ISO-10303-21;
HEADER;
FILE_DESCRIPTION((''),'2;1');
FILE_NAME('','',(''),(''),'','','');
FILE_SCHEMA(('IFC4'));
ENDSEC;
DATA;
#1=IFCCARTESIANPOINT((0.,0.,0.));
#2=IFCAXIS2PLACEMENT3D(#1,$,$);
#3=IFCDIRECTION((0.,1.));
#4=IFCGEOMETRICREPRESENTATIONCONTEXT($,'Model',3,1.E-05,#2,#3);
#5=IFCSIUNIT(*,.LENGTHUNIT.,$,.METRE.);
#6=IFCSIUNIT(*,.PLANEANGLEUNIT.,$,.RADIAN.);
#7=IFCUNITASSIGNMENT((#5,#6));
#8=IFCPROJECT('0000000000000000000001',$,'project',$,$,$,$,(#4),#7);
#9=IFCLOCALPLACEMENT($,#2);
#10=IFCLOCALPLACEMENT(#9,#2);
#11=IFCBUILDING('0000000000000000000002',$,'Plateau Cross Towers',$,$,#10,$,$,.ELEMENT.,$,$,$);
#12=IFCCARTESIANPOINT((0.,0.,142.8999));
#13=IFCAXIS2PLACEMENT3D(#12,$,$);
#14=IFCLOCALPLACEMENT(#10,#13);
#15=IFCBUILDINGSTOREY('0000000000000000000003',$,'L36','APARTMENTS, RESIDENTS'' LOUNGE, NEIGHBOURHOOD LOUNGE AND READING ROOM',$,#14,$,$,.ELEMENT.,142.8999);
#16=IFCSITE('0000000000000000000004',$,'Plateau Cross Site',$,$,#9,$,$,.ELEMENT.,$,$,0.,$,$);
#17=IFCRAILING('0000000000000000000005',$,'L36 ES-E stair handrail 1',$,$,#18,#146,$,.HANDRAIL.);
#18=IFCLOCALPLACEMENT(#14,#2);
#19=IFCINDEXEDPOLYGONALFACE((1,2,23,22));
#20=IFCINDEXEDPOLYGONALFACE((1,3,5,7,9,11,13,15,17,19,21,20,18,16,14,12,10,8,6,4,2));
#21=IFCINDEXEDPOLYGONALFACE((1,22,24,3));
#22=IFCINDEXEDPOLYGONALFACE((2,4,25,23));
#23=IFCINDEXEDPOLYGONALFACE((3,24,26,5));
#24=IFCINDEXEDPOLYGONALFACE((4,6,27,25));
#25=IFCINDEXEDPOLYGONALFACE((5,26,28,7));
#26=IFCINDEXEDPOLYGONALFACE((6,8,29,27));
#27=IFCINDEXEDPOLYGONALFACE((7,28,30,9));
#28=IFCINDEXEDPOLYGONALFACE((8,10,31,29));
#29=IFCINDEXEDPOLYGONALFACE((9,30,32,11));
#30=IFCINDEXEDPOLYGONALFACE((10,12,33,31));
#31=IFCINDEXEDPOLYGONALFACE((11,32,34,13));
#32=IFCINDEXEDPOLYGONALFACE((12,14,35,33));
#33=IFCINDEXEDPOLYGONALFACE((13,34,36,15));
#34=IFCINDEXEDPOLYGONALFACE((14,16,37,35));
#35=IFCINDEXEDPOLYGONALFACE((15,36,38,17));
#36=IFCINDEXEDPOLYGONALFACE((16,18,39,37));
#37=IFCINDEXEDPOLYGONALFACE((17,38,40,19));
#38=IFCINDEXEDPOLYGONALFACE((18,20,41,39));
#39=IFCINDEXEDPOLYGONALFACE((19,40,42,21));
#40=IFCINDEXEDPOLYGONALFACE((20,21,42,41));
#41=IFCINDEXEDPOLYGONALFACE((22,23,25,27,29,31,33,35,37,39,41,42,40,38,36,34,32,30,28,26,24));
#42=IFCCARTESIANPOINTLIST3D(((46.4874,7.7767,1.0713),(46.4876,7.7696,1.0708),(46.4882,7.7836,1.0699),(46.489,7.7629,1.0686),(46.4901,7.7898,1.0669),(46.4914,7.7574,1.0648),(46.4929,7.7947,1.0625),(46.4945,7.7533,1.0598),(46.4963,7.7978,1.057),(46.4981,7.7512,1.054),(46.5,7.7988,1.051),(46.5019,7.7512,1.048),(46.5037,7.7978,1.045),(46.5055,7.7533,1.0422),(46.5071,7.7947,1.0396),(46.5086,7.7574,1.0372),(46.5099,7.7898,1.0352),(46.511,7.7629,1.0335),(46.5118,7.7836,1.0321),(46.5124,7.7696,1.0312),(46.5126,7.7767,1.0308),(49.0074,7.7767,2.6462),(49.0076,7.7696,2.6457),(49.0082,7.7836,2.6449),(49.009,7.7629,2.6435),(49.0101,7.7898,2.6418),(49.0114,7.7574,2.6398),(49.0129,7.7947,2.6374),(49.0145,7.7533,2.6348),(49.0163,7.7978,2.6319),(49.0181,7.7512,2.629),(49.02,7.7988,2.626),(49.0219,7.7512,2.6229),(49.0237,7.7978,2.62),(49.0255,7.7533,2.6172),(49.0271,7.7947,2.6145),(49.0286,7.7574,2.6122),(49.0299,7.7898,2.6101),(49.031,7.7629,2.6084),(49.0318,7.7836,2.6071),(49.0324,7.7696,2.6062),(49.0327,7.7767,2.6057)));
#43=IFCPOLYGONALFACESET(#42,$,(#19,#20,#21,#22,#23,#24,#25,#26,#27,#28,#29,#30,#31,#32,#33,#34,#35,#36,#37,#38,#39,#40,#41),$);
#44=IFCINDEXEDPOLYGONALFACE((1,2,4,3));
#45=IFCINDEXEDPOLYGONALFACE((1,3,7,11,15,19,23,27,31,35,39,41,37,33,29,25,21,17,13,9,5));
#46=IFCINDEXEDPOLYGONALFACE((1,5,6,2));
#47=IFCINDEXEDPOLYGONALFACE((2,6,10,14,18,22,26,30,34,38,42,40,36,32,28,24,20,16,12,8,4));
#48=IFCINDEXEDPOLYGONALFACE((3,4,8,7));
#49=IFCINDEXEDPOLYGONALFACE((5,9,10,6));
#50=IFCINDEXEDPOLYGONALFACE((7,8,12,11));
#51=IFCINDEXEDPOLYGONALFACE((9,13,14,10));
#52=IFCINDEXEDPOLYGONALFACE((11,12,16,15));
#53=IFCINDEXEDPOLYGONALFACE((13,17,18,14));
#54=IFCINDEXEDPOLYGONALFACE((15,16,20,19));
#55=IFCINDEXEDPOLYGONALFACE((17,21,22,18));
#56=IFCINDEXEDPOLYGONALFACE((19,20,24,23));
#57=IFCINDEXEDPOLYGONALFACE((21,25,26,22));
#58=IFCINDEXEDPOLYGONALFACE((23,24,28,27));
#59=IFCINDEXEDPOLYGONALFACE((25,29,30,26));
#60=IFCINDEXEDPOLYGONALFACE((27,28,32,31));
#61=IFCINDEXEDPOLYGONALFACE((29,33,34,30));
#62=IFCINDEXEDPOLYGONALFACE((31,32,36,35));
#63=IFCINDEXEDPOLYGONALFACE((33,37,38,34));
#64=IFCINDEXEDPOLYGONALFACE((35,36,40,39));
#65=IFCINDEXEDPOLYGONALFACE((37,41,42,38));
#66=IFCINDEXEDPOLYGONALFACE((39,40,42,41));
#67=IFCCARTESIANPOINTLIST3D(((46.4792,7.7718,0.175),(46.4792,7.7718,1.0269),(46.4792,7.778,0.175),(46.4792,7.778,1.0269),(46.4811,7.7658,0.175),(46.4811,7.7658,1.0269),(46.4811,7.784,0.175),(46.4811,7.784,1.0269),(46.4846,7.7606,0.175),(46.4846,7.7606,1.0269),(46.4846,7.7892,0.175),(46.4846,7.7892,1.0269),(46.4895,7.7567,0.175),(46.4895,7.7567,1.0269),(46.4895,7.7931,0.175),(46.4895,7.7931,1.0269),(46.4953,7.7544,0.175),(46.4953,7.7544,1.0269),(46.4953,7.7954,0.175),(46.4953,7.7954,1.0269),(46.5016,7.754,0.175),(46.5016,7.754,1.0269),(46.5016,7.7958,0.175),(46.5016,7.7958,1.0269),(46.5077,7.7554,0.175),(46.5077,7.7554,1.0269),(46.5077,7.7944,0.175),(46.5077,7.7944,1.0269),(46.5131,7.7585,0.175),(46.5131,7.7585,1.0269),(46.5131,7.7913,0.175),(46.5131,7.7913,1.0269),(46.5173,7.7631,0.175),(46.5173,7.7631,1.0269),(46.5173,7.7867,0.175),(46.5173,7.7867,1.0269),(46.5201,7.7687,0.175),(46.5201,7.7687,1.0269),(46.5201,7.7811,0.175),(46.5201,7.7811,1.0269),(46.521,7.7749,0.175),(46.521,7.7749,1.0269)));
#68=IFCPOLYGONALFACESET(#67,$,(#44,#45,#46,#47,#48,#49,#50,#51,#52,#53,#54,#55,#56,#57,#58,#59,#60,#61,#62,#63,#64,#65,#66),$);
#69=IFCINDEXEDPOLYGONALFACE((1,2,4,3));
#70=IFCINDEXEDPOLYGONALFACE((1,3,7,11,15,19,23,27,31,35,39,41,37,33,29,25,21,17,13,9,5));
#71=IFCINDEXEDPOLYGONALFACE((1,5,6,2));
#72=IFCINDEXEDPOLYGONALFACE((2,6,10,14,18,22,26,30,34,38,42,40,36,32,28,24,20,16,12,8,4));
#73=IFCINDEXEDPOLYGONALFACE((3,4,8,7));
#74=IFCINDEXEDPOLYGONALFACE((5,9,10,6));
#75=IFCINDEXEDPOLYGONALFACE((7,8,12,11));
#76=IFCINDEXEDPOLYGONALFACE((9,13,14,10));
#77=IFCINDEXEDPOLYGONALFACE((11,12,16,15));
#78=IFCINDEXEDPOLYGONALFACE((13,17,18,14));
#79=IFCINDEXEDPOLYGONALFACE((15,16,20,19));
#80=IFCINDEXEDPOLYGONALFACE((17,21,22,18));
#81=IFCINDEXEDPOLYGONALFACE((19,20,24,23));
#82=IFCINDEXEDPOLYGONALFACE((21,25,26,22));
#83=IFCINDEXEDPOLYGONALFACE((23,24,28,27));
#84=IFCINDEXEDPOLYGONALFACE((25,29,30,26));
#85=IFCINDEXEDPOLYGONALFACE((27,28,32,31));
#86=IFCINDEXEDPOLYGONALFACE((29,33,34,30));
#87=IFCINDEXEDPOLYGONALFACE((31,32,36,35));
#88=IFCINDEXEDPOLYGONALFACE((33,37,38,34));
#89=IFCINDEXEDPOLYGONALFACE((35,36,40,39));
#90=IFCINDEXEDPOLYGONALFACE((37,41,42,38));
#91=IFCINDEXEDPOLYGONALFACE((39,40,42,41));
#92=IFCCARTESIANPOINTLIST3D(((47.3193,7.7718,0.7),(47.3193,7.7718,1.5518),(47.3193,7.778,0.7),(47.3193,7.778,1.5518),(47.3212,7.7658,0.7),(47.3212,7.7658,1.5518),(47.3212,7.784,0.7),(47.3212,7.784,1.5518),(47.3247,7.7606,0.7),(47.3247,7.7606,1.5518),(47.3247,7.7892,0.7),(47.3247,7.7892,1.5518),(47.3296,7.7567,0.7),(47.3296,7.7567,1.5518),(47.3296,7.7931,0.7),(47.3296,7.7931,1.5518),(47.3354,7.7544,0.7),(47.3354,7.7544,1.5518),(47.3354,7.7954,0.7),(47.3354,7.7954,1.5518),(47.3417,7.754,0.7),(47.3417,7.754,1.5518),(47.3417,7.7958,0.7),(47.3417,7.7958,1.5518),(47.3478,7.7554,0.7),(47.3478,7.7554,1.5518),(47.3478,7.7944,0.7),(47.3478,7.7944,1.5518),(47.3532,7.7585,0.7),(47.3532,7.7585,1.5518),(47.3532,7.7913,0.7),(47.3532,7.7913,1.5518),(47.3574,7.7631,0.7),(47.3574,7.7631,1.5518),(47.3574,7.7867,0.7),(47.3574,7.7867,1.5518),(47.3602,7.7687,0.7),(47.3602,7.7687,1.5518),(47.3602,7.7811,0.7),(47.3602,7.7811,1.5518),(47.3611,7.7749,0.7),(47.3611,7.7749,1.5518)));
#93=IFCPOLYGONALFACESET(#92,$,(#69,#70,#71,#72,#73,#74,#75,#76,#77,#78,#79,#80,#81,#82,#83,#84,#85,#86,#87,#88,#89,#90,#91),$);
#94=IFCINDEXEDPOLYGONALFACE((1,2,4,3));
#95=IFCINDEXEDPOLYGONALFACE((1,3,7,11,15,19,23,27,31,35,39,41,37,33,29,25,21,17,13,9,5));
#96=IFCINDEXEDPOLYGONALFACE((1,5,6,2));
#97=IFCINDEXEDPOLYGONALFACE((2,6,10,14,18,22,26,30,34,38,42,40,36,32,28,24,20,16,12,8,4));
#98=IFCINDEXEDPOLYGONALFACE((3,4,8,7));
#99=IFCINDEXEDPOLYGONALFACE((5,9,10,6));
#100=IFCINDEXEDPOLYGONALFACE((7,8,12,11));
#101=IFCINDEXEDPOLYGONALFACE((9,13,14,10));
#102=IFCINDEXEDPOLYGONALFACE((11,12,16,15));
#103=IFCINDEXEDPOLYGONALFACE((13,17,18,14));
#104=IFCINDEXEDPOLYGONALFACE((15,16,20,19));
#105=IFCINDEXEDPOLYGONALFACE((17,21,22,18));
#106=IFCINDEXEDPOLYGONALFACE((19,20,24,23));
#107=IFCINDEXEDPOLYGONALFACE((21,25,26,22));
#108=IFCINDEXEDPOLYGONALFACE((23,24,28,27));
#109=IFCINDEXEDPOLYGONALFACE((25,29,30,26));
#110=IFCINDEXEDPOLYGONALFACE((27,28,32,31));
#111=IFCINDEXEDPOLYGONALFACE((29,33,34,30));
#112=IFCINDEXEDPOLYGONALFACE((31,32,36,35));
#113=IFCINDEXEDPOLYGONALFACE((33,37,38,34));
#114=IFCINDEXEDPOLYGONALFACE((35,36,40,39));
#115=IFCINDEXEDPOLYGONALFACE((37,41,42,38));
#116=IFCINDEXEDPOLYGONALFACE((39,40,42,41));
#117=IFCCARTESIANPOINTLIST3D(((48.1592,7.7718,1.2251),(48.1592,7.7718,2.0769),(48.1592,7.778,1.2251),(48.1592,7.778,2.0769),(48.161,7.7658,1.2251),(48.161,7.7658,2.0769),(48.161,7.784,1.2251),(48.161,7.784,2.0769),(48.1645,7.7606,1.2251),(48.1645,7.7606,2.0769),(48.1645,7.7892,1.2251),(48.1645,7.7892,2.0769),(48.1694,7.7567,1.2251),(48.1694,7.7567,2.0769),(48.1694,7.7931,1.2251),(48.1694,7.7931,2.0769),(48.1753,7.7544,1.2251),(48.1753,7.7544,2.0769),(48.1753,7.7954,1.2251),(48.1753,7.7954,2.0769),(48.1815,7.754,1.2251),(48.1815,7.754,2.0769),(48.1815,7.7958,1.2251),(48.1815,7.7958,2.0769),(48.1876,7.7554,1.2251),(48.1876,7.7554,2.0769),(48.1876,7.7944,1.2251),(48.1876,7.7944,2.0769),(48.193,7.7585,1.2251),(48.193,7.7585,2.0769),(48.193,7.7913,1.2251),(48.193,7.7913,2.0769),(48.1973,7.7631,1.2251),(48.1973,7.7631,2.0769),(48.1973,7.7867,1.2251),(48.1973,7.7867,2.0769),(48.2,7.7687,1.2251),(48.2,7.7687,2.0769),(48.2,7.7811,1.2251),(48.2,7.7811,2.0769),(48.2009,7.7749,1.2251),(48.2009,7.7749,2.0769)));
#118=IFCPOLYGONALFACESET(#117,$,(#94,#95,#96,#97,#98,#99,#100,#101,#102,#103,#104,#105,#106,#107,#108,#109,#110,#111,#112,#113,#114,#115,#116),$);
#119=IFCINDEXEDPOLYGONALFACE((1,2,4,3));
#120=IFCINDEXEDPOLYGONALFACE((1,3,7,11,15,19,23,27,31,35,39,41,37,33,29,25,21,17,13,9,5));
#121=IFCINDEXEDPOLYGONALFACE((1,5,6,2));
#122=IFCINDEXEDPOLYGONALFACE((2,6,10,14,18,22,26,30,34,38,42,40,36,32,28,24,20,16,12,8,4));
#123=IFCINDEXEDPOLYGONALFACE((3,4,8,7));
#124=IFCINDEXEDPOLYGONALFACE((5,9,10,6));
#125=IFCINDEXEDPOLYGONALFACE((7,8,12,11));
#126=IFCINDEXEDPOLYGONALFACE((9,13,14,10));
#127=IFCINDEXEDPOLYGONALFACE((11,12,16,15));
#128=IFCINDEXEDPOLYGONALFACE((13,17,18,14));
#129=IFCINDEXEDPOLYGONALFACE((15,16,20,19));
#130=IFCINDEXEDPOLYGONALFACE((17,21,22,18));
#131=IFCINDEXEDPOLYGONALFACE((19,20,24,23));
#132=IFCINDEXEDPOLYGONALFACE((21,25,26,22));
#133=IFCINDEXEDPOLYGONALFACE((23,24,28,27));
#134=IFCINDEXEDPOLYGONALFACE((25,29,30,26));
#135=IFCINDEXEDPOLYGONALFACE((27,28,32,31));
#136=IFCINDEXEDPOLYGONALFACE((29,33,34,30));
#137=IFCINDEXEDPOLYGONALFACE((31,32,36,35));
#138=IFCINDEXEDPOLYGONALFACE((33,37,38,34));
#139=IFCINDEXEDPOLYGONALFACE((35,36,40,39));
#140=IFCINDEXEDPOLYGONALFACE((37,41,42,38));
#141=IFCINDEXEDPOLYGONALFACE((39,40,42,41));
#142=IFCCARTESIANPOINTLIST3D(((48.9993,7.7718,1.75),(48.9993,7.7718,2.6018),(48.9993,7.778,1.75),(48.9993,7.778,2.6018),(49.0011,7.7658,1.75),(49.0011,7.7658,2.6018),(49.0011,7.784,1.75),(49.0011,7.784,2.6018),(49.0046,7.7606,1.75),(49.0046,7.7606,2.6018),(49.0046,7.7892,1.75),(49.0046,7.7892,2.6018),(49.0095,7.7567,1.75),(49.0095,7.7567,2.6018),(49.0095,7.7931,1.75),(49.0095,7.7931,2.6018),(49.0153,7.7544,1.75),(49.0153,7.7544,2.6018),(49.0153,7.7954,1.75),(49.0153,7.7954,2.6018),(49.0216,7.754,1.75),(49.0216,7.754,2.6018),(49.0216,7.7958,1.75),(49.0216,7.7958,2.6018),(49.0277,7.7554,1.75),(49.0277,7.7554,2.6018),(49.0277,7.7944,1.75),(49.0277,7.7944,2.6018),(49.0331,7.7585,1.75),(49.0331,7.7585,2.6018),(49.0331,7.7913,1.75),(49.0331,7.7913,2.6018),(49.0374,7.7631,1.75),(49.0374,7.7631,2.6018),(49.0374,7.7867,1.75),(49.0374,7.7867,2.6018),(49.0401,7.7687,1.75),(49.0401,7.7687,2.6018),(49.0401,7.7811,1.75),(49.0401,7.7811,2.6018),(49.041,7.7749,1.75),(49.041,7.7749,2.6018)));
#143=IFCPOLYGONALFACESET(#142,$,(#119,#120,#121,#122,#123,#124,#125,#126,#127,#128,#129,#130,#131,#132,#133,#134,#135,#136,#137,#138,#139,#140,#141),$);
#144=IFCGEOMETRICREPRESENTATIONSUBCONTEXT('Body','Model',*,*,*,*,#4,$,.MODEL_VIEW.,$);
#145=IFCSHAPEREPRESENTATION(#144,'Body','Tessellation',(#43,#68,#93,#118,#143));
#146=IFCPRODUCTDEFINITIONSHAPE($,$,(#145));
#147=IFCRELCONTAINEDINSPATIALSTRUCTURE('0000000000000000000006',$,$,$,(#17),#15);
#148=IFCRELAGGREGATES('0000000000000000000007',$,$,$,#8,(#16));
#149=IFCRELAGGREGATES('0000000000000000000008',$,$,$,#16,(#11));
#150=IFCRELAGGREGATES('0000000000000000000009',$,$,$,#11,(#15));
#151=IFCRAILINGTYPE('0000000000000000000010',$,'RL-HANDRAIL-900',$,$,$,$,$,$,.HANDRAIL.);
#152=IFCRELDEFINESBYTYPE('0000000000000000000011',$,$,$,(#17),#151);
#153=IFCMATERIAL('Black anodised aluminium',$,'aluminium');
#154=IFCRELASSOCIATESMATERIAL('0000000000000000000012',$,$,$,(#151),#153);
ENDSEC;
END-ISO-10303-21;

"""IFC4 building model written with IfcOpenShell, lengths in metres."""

from ifc_helpers import new_model, si_unit, direction, frame, origin, origin_2d, place, context, subcontext, project, spatial, circle, extrude, material, type_object, element, save


model = new_model("IFC4")

# Units and contexts
model_context = context("Model", 3, precision=1e-05, world=origin(), true_north=direction((0.0, 1.0)))
body_context = subcontext(model_context, "Body", "Model", "MODEL_VIEW")
ifc_project = project(units=[si_unit("LENGTHUNIT", "METRE"), si_unit("PLANEANGLEUNIT", "RADIAN")], contexts=[model_context])

# Site, building, storey
site_placement = place(None, origin())
site = spatial("IfcSite", under=ifc_project, at=site_placement, Name="Plateau Cross Site", CompositionType="ELEMENT", RefElevation=0.0)
building_placement = place(site_placement, origin())
building = spatial("IfcBuilding", under=site, at=building_placement, Name="Plateau Cross Towers", CompositionType="ELEMENT")
storey_placement = place(building_placement, frame((0.0, 0.0, 142.8999)))
storey = spatial("IfcBuildingStorey", under=building, at=storey_placement, Name="L36", Description="APARTMENTS, RESIDENTS' LOUNGE, NEIGHBOURHOOD LOUNGE AND READING ROOM", CompositionType="ELEMENT", Elevation=142.8999)

# Shared definitions
ifc_material_1 = material(Name="Black anodised aluminium", Category="aluminium")

# Railing
railing_type_1 = type_object("IfcRailingType", Name="RL-HANDRAIL-900", PredefinedType="HANDRAIL", material=ifc_material_1)
railing_1_placement = place(storey_placement, frame((46.5, 7.7749, 0.175)))
element("IfcRailing", 1, at=railing_1_placement, inside=storey, type_object=railing_type_1, Name="L36 ES-E stair handrail 1", PredefinedType="HANDRAIL", context=body_context, shape_type="SweptSolid", body=[
    extrude(circle(Radius=0.0239, at=origin_2d()), frame((0.0, 0.0, 0.876), z_axis=(0.848008, 0.0, 0.529984), x_axis=(0.0, 1.0, 0.0)), (0.0, 0.0, 1.0), 2.9717),
    extrude(circle(Radius=0.021, at=origin_2d()), origin(), (0.0, 0.0, 1.0), 0.8518),
    extrude(circle(Radius=0.021, at=origin_2d()), frame((0.8401, 0.0, 0.5249)), (0.0, 0.0, 1.0), 0.8518),
    extrude(circle(Radius=0.021, at=origin_2d()), frame((1.6799, 0.0, 1.05)), (0.0, 0.0, 1.0), 0.8518),
    extrude(circle(Radius=0.021, at=origin_2d()), frame((2.52, 0.0, 1.575)), (0.0, 0.0, 1.0), 0.8518),
])

save(model, "model.ifc")
